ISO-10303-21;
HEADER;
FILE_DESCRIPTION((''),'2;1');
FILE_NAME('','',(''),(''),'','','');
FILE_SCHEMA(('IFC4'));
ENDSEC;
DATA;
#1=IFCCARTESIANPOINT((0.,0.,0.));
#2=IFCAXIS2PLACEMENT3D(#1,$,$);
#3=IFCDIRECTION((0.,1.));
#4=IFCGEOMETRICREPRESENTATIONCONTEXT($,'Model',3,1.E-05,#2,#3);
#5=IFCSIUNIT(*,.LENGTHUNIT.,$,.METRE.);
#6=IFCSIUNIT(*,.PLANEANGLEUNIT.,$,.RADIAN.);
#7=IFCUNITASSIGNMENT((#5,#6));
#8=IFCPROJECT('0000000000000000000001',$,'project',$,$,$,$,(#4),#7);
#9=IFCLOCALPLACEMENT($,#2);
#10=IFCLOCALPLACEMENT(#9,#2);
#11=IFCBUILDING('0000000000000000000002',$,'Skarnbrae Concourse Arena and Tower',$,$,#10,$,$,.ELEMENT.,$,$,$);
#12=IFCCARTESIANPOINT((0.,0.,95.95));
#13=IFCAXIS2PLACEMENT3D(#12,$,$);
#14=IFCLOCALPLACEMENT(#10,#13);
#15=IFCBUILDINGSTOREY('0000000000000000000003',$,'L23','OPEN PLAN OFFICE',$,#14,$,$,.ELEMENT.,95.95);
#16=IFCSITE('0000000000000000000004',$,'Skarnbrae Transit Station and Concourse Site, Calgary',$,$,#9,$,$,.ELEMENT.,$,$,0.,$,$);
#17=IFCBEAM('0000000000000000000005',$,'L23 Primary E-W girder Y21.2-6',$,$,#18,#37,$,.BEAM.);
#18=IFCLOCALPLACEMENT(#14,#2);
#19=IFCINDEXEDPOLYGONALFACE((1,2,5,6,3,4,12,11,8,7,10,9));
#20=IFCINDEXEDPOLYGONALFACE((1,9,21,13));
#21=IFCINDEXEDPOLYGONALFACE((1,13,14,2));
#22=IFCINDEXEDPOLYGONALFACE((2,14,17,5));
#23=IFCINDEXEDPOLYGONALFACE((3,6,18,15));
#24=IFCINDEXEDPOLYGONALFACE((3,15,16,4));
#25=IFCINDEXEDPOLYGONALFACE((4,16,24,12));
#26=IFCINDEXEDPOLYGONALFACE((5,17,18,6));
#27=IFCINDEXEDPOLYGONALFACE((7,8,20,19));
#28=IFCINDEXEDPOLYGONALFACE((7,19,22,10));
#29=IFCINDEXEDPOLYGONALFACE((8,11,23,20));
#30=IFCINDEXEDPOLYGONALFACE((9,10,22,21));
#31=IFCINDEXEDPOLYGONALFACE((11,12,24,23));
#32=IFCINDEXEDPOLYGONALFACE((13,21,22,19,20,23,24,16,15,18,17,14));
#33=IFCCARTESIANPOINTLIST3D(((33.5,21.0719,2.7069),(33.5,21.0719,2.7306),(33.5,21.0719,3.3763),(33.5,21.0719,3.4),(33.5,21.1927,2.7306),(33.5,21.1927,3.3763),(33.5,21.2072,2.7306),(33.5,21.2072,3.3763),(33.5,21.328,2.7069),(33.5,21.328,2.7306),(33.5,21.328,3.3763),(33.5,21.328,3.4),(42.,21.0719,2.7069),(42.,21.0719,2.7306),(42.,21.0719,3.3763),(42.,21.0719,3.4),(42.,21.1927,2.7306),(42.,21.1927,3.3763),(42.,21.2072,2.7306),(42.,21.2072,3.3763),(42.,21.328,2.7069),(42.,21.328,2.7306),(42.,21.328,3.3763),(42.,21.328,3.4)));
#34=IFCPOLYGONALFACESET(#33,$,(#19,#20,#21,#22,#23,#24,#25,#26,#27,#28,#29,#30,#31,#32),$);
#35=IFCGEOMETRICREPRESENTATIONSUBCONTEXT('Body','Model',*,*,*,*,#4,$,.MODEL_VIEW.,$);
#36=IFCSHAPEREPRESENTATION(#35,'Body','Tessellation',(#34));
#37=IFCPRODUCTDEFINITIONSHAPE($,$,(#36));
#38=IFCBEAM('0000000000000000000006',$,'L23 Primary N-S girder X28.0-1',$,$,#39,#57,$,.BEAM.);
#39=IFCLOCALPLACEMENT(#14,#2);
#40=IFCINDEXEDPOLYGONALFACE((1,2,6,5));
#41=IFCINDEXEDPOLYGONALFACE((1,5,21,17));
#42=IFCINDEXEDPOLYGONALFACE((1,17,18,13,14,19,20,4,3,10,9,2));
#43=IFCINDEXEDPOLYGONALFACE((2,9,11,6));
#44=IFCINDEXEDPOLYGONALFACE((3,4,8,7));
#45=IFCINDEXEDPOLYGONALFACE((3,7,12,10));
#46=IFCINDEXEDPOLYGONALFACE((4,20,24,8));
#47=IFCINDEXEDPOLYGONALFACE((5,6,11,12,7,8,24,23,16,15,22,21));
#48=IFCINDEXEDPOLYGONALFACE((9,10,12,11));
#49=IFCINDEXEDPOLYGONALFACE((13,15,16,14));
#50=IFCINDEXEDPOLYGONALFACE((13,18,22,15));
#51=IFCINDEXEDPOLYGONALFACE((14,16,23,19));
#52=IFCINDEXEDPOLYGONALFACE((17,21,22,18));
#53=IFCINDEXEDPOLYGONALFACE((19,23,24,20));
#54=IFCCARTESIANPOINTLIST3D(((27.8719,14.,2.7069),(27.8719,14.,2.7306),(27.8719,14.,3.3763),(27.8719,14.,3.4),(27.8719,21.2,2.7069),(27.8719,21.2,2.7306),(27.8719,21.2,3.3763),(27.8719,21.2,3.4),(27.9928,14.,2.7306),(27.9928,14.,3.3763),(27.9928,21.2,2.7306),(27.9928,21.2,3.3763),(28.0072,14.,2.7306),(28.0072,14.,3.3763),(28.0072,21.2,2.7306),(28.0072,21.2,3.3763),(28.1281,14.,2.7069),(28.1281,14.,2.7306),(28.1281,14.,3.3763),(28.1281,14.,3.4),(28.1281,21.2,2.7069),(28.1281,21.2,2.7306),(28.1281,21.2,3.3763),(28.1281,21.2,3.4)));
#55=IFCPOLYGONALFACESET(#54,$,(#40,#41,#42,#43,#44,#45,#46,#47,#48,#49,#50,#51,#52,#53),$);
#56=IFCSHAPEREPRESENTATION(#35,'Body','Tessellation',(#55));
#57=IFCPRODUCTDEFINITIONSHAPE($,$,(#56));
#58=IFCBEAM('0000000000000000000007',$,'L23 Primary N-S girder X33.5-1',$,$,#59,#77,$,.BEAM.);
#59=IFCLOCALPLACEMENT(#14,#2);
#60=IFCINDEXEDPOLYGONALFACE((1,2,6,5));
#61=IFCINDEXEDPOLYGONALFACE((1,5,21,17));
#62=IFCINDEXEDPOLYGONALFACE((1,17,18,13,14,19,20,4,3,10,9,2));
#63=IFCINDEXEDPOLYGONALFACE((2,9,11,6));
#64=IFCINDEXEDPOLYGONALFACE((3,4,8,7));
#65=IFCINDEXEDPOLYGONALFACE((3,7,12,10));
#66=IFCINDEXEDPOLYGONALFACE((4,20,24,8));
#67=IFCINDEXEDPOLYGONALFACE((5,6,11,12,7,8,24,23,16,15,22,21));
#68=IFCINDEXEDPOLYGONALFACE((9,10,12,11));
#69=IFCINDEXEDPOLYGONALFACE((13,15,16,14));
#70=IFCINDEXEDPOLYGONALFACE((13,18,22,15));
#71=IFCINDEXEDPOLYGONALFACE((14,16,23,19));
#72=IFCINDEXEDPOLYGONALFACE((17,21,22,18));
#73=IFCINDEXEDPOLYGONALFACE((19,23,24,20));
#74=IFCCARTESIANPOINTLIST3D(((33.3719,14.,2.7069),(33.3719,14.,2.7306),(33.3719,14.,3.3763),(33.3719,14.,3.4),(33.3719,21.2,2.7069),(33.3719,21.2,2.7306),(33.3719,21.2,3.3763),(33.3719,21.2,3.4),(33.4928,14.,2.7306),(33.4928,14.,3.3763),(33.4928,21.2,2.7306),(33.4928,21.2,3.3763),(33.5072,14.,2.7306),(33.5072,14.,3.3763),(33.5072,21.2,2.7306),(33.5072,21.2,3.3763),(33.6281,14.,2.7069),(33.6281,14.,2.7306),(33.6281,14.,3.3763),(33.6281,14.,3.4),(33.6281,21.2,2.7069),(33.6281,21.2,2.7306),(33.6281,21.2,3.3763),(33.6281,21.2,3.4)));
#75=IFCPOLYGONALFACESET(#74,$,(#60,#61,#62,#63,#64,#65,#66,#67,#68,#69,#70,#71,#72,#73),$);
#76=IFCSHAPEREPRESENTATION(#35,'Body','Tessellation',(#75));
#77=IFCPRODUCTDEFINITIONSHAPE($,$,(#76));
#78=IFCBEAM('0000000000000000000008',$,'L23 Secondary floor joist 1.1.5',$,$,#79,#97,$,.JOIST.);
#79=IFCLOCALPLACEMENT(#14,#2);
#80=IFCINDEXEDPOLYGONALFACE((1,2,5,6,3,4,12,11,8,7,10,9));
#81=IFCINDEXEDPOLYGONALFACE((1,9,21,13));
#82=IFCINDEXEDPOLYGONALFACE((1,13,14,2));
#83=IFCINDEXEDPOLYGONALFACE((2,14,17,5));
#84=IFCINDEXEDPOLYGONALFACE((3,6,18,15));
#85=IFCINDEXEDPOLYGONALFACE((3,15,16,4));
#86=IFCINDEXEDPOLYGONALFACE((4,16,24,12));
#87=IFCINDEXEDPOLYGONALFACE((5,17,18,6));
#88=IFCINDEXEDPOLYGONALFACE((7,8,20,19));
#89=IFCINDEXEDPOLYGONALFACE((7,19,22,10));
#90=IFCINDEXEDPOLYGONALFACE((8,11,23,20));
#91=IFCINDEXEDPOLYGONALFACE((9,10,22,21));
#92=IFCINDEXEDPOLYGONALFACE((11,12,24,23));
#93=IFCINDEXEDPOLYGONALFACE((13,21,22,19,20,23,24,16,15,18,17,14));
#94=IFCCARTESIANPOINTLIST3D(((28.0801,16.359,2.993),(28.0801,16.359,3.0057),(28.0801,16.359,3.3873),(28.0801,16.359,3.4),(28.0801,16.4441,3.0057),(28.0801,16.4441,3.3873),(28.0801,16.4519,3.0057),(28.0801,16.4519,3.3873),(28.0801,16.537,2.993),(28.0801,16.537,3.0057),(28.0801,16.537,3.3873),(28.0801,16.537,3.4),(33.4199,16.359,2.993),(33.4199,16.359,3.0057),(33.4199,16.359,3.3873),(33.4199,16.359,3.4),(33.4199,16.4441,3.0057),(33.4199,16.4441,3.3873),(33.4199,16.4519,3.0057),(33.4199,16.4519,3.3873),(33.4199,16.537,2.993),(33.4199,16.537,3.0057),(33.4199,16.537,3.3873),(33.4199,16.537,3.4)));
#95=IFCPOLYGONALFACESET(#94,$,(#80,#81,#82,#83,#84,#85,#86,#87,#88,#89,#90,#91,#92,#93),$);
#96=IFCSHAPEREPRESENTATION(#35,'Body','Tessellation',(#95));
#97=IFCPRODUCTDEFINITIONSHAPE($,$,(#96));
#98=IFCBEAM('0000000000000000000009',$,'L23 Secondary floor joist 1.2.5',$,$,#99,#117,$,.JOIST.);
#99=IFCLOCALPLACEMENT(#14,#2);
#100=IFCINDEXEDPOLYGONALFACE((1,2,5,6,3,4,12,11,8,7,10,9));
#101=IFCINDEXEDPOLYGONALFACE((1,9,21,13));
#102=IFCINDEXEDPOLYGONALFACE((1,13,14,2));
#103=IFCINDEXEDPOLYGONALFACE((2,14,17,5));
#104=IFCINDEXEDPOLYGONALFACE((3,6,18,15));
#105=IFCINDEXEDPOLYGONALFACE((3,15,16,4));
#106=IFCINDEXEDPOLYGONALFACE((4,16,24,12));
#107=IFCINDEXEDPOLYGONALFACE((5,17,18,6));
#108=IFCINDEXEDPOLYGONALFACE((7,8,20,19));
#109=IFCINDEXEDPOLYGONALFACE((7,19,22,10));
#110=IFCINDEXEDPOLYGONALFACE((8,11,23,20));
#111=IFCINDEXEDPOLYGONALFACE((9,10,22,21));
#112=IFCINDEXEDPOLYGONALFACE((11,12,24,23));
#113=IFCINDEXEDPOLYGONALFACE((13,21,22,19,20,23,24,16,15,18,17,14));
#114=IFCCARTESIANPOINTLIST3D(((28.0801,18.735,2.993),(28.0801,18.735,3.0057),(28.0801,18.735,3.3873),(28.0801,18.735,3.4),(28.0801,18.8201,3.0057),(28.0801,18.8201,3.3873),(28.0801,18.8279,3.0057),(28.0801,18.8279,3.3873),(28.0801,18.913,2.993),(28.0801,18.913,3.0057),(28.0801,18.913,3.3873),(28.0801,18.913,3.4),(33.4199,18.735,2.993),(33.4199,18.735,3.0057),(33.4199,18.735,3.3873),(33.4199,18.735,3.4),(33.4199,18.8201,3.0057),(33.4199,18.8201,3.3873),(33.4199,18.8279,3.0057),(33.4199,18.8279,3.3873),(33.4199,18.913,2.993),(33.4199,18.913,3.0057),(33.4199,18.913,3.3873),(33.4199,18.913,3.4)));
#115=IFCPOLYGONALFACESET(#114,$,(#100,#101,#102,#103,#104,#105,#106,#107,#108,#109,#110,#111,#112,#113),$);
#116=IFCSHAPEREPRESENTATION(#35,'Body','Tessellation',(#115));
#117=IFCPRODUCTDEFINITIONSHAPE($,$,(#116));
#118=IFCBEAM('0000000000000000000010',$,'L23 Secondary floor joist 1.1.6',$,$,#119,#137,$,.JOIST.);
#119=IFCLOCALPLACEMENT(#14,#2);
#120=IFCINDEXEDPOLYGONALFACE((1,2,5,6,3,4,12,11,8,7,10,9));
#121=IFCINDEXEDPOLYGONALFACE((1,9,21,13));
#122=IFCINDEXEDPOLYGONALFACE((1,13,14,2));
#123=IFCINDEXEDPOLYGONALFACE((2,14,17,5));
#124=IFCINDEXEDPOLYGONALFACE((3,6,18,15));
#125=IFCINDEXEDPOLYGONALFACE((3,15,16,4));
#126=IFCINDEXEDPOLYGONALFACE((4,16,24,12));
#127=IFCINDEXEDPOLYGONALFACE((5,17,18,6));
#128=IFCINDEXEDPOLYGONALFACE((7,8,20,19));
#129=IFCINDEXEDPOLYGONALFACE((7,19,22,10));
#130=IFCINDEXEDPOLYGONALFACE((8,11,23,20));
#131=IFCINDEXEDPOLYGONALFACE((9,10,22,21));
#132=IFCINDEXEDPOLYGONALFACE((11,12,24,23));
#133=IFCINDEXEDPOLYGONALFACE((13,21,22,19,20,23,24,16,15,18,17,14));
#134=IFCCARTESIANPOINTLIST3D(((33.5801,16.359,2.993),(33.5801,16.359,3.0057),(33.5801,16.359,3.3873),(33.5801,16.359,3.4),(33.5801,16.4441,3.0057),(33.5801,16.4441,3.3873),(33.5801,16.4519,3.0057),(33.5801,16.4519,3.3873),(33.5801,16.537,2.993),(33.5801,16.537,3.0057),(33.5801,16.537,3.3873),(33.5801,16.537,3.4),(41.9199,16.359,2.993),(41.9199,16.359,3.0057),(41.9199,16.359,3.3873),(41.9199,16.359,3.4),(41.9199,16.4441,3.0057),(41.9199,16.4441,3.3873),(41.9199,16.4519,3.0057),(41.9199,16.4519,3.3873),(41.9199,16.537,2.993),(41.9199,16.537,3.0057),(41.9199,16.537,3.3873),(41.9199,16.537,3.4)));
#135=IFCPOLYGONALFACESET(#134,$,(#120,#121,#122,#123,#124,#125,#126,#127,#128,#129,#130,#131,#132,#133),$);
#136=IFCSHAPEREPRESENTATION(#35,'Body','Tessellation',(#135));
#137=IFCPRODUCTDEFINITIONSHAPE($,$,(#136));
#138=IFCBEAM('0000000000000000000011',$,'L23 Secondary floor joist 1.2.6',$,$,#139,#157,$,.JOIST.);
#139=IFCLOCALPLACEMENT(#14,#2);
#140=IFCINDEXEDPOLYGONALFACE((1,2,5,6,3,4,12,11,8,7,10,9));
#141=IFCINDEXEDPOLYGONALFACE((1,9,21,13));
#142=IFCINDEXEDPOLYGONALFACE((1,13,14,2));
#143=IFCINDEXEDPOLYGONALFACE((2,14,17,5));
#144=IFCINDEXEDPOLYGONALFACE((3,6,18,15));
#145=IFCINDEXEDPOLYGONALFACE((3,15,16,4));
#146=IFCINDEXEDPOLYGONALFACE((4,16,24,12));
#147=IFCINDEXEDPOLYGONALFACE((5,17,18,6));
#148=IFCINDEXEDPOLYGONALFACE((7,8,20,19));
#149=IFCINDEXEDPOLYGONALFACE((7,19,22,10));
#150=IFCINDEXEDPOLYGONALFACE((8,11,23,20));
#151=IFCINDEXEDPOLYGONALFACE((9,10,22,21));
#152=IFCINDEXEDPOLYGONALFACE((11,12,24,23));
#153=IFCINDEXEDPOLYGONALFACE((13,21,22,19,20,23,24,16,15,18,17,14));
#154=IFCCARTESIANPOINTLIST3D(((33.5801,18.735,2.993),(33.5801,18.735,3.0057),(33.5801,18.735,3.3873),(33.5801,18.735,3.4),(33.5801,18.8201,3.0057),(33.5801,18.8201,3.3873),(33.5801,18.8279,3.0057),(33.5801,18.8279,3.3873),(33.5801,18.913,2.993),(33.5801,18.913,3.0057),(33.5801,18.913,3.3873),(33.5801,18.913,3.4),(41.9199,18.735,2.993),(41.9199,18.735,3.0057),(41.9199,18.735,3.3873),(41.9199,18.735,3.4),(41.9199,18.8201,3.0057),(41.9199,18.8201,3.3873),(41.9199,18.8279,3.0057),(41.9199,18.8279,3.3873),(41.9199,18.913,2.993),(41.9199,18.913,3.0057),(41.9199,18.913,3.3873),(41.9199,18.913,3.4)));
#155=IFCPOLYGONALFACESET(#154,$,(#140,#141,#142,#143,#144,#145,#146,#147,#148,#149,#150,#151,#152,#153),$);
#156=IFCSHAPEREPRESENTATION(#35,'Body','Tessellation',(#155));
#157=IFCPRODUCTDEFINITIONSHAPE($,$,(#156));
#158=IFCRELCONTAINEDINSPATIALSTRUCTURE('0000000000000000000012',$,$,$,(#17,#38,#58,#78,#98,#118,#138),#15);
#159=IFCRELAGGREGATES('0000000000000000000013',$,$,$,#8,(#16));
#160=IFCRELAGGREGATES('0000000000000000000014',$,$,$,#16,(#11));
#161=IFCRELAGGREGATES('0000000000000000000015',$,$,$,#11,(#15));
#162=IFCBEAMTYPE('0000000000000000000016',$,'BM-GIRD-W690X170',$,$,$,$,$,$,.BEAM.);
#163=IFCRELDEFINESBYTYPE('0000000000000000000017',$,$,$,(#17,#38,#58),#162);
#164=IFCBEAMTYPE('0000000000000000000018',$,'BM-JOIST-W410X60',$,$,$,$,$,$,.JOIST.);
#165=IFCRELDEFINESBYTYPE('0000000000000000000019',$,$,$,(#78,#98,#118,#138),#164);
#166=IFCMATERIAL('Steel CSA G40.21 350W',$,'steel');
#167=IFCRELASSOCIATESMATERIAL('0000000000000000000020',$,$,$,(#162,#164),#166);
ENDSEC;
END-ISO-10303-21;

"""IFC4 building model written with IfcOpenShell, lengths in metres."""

from ifc_helpers import new_model, si_unit, direction, frame, origin, origin_2d, place, context, subcontext, project, spatial, i_section, extrude, source, transform, mapped, material, material_profile, profile_set, type_object, element, save


model = new_model("IFC4")

# Units and contexts
model_context = context("Model", 3, precision=1e-05, world=origin(), true_north=direction((0.0, 1.0)))
body_context = subcontext(model_context, "Body", "Model", "MODEL_VIEW")
ifc_project = project(units=[si_unit("LENGTHUNIT", "METRE"), si_unit("PLANEANGLEUNIT", "RADIAN")], contexts=[model_context])

# Site, building, storey
site_placement = place(None, origin())
site = spatial("IfcSite", under=ifc_project, at=site_placement, Name="Skarnbrae Transit Station and Concourse Site, Calgary", CompositionType="ELEMENT", RefElevation=0.0)
building_placement = place(site_placement, origin())
building = spatial("IfcBuilding", under=site, at=building_placement, Name="Skarnbrae Concourse Arena and Tower", CompositionType="ELEMENT")
storey_placement = place(building_placement, frame((0.0, 0.0, 95.95)))
storey = spatial("IfcBuildingStorey", under=building, at=storey_placement, Name="L23", Description="OPEN PLAN OFFICE", CompositionType="ELEMENT", Elevation=95.95)

# Shared definitions
ifc_material_1 = material(Name="Steel CSA G40.21 350W", Category="steel")

# Beams
ifc_material_profile_1 = material_profile(ifc_material_1, i_section(OverallWidth=0.2561, OverallDepth=0.6931, WebThickness=0.0144, FlangeThickness=0.0237, at=origin_2d()), Name="W690X170")
ifc_profile_set_1 = profile_set([ifc_material_profile_1], Name="Steel CSA G40.21 350W")
beam_type_1 = type_object("IfcBeamType", Name="BM-GIRD-W690X170", PredefinedType="BEAM", material=ifc_profile_set_1)
shared_shape_1 = source(origin(), body_context, "Body", "SweptSolid", [
    extrude(i_section(OverallWidth=0.2561, OverallDepth=0.6931, WebThickness=0.0144, FlangeThickness=0.0237, at=origin_2d()), origin(), (0.0, 0.0, 1.0), 8.5),
])
for number, where, z_axis, x_axis, name in (
    (1, (33.5, 21.2, 3.0535), (1.0, 0.0, 0.0), (0.0, 1.0, 0.0), "L23 Primary E-W girder Y21.2-6"),
):
    element("IfcBeam", number, at=place(storey_placement, frame(where, z_axis=z_axis, x_axis=x_axis)), inside=storey, type_object=beam_type_1, Name=name, PredefinedType="BEAM", context=body_context, shape_type="MappedRepresentation", body=[
        mapped(shared_shape_1, transform((0.0, 0.0, 0.0))),
    ])
shared_shape_2 = source(origin(), body_context, "Body", "SweptSolid", [
    extrude(i_section(OverallWidth=0.2561, OverallDepth=0.6931, WebThickness=0.0144, FlangeThickness=0.0237, at=origin_2d()), origin(), (0.0, 0.0, 1.0), 7.2),
])
for number, where, z_axis, x_axis, name in (
    (2, (28.0, 14.0, 3.0535), (0.0, 1.0, 0.0), (-1.0, 0.0, 0.0), "L23 Primary N-S girder X28.0-1"),
    (3, (33.5, 14.0, 3.0535), (0.0, 1.0, 0.0), (-1.0, 0.0, 0.0), "L23 Primary N-S girder X33.5-1"),
):
    element("IfcBeam", number, at=place(storey_placement, frame(where, z_axis=z_axis, x_axis=x_axis)), inside=storey, type_object=beam_type_1, Name=name, PredefinedType="BEAM", context=body_context, shape_type="MappedRepresentation", body=[
        mapped(shared_shape_2, transform((0.0, 0.0, 0.0))),
    ])
ifc_material_profile_2 = material_profile(ifc_material_1, i_section(OverallWidth=0.178, OverallDepth=0.407, WebThickness=0.0078, FlangeThickness=0.0127, at=origin_2d()), Name="W410X60")
ifc_profile_set_2 = profile_set([ifc_material_profile_2], Name="Steel CSA G40.21 350W")
beam_type_2 = type_object("IfcBeamType", Name="BM-JOIST-W410X60", PredefinedType="JOIST", material=ifc_profile_set_2)
shared_shape_3 = source(origin(), body_context, "Body", "SweptSolid", [
    extrude(i_section(OverallWidth=0.178, OverallDepth=0.407, WebThickness=0.0078, FlangeThickness=0.0127, at=origin_2d()), origin(), (0.0, 0.0, 1.0), 5.3398),
])
for number, where, z_axis, x_axis, name in (
    (4, (28.0801, 16.448, 3.1965), (1.0, 0.0, 0.0), (0.0, 1.0, 0.0), "L23 Secondary floor joist 1.1.5"),
    (5, (28.0801, 18.824, 3.1965), (1.0, 0.0, 0.0), (0.0, 1.0, 0.0), "L23 Secondary floor joist 1.2.5"),
):
    element("IfcBeam", number, at=place(storey_placement, frame(where, z_axis=z_axis, x_axis=x_axis)), inside=storey, type_object=beam_type_2, Name=name, PredefinedType="JOIST", context=body_context, shape_type="MappedRepresentation", body=[
        mapped(shared_shape_3, transform((0.0, 0.0, 0.0))),
    ])
shared_shape_4 = source(origin(), body_context, "Body", "SweptSolid", [
    extrude(i_section(OverallWidth=0.178, OverallDepth=0.407, WebThickness=0.0078, FlangeThickness=0.0127, at=origin_2d()), origin(), (0.0, 0.0, 1.0), 8.3398),
])
for number, where, z_axis, x_axis, name in (
    (6, (33.5801, 16.448, 3.1965), (1.0, 0.0, 0.0), (0.0, 1.0, 0.0), "L23 Secondary floor joist 1.1.6"),
    (7, (33.5801, 18.824, 3.1965), (1.0, 0.0, 0.0), (0.0, 1.0, 0.0), "L23 Secondary floor joist 1.2.6"),
):
    element("IfcBeam", number, at=place(storey_placement, frame(where, z_axis=z_axis, x_axis=x_axis)), inside=storey, type_object=beam_type_2, Name=name, PredefinedType="JOIST", context=body_context, shape_type="MappedRepresentation", body=[
        mapped(shared_shape_4, transform((0.0, 0.0, 0.0))),
    ])

save(model, "model.ifc")
